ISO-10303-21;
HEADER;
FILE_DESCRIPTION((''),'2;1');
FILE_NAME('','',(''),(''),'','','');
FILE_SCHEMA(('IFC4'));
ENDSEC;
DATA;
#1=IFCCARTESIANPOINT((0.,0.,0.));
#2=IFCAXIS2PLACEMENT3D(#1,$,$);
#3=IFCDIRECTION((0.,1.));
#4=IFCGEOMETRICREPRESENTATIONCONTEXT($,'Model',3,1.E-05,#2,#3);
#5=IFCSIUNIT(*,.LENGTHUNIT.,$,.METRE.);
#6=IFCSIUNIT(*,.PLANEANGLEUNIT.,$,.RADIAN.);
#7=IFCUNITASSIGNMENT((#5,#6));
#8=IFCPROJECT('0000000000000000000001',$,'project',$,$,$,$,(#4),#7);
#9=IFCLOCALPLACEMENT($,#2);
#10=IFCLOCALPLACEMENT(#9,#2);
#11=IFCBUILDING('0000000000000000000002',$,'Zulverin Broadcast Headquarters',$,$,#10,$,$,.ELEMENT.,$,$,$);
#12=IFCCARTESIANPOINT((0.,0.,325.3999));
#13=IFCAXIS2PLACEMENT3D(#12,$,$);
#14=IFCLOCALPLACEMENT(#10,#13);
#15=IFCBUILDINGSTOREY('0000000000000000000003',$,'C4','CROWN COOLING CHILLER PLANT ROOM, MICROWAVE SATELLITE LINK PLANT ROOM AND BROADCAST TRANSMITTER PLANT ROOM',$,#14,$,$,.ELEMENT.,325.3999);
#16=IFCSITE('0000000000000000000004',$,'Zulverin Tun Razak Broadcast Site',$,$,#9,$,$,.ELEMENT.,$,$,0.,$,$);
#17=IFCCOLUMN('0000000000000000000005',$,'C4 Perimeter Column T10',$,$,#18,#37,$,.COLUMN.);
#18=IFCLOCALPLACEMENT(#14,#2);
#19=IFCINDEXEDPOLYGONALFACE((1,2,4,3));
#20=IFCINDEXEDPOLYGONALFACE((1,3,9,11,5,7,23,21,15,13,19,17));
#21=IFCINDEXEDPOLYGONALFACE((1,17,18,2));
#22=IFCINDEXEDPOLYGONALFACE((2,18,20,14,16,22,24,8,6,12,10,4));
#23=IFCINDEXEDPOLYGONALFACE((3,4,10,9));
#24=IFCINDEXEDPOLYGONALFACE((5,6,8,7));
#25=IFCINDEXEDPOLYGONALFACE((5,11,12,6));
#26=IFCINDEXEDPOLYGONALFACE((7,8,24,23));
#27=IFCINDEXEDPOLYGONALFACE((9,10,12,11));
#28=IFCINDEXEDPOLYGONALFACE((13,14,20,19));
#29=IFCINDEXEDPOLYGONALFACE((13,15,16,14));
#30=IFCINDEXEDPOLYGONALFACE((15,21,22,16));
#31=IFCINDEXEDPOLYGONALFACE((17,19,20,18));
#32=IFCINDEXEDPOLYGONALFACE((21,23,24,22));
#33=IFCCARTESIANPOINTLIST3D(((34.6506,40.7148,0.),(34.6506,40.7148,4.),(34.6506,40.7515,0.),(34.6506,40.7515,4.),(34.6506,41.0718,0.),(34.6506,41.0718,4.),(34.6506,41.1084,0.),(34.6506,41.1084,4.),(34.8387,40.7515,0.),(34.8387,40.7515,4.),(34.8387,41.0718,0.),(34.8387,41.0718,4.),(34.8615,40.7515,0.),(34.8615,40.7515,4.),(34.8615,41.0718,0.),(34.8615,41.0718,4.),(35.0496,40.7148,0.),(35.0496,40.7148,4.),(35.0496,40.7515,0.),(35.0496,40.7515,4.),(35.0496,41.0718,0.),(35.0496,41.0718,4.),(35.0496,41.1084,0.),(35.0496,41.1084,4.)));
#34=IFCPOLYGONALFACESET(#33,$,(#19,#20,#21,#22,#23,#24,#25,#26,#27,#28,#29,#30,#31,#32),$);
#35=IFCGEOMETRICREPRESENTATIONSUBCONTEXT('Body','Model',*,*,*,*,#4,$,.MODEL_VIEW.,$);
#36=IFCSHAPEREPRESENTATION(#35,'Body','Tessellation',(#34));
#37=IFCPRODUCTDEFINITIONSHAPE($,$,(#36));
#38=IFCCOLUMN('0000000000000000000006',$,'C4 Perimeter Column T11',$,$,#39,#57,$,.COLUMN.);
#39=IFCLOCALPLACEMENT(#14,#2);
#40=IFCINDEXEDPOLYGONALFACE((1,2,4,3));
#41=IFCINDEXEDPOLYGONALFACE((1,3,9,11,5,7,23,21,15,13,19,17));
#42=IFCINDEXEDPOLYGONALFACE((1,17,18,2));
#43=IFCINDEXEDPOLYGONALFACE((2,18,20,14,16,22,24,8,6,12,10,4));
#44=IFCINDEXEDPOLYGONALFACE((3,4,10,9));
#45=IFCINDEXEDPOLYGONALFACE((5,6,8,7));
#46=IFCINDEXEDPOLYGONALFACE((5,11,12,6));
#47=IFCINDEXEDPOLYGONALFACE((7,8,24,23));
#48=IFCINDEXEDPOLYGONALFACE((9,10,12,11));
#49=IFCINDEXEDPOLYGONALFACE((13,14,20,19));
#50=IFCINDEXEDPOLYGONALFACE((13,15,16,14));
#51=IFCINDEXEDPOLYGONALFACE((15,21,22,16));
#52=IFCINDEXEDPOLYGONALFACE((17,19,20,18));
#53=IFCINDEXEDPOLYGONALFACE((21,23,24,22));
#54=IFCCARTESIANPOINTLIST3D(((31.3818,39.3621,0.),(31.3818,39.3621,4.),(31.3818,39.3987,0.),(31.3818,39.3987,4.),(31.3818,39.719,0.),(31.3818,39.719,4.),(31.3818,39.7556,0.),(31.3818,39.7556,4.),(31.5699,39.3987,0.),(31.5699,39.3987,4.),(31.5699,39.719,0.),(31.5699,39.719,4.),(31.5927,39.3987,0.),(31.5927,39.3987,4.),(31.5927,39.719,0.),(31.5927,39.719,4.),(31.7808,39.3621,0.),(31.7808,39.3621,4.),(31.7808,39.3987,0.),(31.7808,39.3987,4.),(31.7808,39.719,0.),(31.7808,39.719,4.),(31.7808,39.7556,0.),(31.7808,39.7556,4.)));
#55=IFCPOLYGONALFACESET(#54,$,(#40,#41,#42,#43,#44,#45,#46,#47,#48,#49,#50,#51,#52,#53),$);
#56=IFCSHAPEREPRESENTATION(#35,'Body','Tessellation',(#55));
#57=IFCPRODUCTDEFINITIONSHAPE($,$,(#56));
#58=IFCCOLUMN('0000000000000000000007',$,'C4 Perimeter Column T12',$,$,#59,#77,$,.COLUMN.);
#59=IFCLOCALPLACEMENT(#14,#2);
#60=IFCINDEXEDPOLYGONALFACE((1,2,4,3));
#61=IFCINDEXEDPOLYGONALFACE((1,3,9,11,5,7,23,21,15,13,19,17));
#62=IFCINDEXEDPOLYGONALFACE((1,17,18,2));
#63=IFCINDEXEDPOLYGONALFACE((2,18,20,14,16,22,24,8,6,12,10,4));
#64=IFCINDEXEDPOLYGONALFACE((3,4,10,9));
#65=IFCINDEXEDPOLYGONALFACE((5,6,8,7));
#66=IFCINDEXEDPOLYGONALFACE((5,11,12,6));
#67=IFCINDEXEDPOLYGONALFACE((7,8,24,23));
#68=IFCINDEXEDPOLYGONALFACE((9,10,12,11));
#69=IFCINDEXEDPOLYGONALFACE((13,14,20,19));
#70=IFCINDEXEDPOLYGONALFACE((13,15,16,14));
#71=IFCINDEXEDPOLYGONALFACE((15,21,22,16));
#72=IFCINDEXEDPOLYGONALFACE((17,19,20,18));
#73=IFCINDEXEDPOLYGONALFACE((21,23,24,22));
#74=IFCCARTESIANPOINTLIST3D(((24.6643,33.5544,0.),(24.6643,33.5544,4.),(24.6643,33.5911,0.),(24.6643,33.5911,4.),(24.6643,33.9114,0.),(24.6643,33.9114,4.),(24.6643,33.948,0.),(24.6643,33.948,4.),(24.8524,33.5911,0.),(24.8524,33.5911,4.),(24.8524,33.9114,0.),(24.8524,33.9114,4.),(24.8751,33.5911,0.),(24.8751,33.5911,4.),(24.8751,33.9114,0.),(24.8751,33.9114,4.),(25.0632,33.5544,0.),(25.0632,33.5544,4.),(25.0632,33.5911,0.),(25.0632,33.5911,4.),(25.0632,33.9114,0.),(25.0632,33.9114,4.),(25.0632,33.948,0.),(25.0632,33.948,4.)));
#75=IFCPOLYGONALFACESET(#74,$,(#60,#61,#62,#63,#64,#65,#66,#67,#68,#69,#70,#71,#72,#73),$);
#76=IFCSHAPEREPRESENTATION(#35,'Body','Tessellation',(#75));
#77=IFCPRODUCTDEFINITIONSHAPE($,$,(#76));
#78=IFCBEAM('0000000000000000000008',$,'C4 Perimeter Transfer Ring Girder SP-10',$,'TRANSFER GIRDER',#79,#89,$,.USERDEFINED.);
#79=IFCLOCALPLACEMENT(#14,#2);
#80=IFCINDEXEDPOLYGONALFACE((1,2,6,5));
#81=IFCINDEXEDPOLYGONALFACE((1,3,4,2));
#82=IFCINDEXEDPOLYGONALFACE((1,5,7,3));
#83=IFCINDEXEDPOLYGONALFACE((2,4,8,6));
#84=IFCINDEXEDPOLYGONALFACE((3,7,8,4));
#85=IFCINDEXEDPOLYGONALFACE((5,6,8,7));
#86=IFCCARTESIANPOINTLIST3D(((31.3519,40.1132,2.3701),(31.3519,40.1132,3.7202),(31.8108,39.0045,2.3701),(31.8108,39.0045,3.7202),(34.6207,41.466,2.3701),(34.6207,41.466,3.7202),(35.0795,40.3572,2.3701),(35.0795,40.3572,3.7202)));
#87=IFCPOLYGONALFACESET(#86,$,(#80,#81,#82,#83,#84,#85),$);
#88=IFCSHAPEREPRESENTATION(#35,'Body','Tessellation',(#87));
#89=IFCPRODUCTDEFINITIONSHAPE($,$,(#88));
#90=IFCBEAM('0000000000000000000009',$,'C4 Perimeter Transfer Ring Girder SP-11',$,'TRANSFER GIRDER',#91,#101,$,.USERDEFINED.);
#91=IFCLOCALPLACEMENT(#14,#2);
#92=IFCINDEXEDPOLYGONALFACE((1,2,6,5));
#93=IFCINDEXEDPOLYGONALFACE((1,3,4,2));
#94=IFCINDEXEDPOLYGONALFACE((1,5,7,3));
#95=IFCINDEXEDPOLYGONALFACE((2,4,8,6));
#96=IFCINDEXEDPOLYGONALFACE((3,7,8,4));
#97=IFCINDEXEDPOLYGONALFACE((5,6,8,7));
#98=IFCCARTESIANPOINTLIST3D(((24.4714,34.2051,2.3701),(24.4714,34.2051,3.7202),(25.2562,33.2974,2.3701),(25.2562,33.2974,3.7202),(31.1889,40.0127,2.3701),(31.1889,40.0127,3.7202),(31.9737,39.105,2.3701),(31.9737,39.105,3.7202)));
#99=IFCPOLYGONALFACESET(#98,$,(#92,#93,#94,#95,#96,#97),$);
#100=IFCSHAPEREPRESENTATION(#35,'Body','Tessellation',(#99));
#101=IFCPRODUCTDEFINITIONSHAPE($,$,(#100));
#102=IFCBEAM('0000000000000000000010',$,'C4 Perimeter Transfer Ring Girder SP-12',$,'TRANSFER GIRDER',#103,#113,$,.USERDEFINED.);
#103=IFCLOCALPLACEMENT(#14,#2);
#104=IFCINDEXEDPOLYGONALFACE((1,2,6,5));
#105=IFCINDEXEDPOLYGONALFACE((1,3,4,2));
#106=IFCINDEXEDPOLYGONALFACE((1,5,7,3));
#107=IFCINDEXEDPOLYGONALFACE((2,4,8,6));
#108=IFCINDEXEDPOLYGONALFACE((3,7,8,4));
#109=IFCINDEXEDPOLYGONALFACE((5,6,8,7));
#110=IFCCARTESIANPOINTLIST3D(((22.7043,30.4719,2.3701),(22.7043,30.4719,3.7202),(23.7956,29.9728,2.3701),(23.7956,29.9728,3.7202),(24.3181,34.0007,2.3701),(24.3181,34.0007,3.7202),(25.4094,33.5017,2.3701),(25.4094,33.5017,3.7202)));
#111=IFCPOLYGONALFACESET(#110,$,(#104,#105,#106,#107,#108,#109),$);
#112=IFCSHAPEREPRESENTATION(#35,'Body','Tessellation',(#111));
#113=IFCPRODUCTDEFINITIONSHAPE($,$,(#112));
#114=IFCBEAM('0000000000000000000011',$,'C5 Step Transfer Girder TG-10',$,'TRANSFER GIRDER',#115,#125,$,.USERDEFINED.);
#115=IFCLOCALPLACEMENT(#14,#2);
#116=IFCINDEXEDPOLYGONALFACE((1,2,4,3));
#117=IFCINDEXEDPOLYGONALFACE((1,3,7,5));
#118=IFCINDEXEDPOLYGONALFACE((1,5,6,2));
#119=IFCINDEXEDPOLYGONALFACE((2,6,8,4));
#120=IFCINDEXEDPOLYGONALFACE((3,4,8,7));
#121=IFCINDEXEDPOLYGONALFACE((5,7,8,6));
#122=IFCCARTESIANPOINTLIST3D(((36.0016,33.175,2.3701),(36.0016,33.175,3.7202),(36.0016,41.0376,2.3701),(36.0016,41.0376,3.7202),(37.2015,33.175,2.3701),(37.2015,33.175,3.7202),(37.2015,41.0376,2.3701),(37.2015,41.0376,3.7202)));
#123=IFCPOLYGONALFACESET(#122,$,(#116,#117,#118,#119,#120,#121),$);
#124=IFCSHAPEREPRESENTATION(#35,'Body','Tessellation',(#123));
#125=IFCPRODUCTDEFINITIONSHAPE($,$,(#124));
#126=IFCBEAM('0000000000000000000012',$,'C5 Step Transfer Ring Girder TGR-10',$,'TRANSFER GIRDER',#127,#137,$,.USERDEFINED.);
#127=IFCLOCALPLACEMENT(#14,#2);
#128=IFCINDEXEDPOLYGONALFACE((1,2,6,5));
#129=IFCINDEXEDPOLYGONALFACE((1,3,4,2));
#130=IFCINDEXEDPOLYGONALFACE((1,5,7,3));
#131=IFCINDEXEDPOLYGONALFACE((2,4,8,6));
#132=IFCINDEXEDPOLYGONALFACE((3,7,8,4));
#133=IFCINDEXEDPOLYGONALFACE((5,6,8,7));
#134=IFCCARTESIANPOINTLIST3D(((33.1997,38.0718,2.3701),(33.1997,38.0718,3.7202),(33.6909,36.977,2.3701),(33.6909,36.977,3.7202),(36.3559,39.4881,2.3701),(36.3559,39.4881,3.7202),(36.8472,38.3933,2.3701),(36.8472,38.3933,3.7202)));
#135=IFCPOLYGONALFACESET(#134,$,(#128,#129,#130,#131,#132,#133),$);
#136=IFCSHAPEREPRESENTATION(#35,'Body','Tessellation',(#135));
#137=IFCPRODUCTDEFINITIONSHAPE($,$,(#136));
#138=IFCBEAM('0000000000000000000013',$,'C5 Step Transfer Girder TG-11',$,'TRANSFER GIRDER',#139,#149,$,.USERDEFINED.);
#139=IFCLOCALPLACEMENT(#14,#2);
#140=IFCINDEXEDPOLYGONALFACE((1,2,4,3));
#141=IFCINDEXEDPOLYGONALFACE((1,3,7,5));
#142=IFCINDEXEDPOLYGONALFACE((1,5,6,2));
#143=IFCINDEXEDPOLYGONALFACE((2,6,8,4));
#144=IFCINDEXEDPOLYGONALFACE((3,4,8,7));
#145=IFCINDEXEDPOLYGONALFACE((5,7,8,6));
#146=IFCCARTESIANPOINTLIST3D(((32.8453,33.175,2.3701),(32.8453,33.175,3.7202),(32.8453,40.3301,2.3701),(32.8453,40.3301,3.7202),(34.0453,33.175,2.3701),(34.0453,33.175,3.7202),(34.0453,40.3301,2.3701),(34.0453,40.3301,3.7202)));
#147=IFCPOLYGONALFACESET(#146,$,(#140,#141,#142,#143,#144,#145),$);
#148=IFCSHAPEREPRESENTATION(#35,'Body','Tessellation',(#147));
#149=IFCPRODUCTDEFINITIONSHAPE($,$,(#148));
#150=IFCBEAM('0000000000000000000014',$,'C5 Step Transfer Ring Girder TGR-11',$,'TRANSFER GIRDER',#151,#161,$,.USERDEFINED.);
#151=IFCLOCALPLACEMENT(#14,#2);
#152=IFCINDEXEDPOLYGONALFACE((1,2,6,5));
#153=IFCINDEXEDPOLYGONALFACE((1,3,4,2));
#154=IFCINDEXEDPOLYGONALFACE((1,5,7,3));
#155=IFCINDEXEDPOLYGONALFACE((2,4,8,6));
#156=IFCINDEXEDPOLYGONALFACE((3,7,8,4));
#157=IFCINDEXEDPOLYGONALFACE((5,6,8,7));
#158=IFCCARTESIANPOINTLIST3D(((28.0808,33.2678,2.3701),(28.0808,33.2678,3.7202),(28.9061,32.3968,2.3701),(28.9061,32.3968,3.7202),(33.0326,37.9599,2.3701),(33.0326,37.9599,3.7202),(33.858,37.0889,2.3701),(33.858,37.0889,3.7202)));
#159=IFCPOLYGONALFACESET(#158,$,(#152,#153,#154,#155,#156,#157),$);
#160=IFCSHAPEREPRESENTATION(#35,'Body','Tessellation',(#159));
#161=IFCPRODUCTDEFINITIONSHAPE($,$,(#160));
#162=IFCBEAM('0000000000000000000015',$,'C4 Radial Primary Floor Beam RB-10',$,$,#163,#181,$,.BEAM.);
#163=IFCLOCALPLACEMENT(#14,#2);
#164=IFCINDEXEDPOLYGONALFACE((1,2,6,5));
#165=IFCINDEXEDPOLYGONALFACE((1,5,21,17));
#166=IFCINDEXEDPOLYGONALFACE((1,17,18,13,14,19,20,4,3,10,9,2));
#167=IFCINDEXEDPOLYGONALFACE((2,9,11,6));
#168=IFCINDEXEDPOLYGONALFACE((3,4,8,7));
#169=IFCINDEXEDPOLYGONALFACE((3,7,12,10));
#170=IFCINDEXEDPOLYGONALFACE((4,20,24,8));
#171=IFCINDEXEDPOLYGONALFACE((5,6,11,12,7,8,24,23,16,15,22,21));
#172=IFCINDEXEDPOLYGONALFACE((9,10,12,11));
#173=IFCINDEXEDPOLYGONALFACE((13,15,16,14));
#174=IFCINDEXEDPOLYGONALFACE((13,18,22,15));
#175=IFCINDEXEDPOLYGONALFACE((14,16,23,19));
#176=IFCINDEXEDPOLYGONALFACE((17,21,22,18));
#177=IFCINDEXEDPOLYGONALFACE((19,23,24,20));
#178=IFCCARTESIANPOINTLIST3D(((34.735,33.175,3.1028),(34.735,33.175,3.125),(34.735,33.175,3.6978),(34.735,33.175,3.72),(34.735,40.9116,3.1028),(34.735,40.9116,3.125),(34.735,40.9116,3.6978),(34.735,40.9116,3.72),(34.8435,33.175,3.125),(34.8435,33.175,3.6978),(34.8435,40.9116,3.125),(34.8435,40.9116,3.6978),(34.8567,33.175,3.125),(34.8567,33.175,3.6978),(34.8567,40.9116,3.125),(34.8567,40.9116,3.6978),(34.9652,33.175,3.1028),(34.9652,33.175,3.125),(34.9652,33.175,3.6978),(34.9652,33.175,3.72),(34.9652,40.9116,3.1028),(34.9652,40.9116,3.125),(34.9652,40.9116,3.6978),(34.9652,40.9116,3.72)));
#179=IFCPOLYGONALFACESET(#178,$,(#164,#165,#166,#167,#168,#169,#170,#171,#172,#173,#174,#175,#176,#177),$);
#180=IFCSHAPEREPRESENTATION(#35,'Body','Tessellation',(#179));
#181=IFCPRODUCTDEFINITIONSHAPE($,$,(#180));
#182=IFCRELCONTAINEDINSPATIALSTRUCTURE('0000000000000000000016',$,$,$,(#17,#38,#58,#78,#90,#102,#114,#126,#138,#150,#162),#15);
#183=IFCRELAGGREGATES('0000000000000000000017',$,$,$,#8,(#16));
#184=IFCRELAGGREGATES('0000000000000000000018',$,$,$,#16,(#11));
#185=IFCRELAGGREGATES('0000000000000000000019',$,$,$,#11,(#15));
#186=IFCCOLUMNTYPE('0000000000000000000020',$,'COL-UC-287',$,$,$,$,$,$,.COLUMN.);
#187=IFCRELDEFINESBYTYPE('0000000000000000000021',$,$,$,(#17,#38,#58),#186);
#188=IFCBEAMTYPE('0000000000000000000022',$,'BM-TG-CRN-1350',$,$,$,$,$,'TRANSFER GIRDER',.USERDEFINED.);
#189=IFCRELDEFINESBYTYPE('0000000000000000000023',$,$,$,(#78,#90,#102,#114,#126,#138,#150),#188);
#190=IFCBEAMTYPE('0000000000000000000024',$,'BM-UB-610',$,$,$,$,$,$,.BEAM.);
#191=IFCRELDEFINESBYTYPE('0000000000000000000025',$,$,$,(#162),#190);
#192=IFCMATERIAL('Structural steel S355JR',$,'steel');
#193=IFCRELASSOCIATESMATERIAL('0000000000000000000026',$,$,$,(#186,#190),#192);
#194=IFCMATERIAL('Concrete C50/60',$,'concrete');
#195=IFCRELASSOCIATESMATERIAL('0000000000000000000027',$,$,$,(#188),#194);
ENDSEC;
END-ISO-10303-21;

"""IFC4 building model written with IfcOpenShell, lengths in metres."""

from ifc_helpers import new_model, si_unit, direction, frame, origin, origin_2d, place, context, subcontext, project, spatial, rectangle, i_section, extrude, material, material_profile, profile_set, type_object, element, save


model = new_model("IFC4")

# Units and contexts
model_context = context("Model", 3, precision=1e-05, world=origin(), true_north=direction((0.0, 1.0)))
body_context = subcontext(model_context, "Body", "Model", "MODEL_VIEW")
ifc_project = project(units=[si_unit("LENGTHUNIT", "METRE"), si_unit("PLANEANGLEUNIT", "RADIAN")], contexts=[model_context])

# Site, building, storey
site_placement = place(None, origin())
site = spatial("IfcSite", under=ifc_project, at=site_placement, Name="Zulverin Tun Razak Broadcast Site", CompositionType="ELEMENT", RefElevation=0.0)
building_placement = place(site_placement, origin())
building = spatial("IfcBuilding", under=site, at=building_placement, Name="Zulverin Broadcast Headquarters", CompositionType="ELEMENT")
storey_placement = place(building_placement, frame((0.0, 0.0, 325.3999)))
storey = spatial("IfcBuildingStorey", under=building, at=storey_placement, Name="C4", Description="CROWN COOLING CHILLER PLANT ROOM, MICROWAVE SATELLITE LINK PLANT ROOM AND BROADCAST TRANSMITTER PLANT ROOM", CompositionType="ELEMENT", Elevation=325.3999)

# Columns
ifc_material_1 = material(Name="Structural steel S355JR", Category="steel")
ifc_material_profile_1 = material_profile(ifc_material_1, i_section(OverallWidth=0.3989, OverallDepth=0.3936, WebThickness=0.0227, FlangeThickness=0.0366, at=origin_2d()), Name="Structural steel S355JR", Category="steel")
ifc_profile_set_1 = profile_set([ifc_material_profile_1], Name="Structural steel S355JR")
column_type = type_object("IfcColumnType", Name="COL-UC-287", PredefinedType="COLUMN", material=ifc_profile_set_1)
for number, where, z_axis, x_axis, name in (
    (1, (34.8501, 40.9116, 0.0), (0.0, 0.0, 1.0), (1.0, 0.0, 0.0), "C4 Perimeter Column T10"),
    (2, (31.5813, 39.5588, 0.0), (0.0, 0.0, 1.0), (1.0, 0.0, 0.0), "C4 Perimeter Column T11"),
    (3, (24.8638, 33.7512, 0.0), (0.0, 0.0, 1.0), (1.0, 0.0, 0.0), "C4 Perimeter Column T12"),
):
    element("IfcColumn", number, at=place(storey_placement, frame(where, z_axis=z_axis, x_axis=x_axis)), inside=storey, type_object=column_type, Name=name, PredefinedType="COLUMN", context=body_context, shape_type="SweptSolid", body=[
        extrude(i_section(OverallWidth=0.3989, OverallDepth=0.3936, WebThickness=0.0227, FlangeThickness=0.0366, at=origin_2d()), origin(), (0.0, 0.0, 1.0), 4.0),
    ])

# Beams
ifc_material_2 = material(Name="Concrete C50/60", Category="concrete")
ifc_material_profile_2 = material_profile(ifc_material_2, rectangle(XDim=1.2, YDim=1.3501, at=origin_2d()), Name="Concrete C50/60", Category="concrete")
ifc_profile_set_2 = profile_set([ifc_material_profile_2], Name="Concrete C50/60")
beam_type_1 = type_object("IfcBeamType", Name="BM-TG-CRN-1350", ElementType="TRANSFER GIRDER", PredefinedType="USERDEFINED", material=ifc_profile_set_2)
beam_1_placement = place(storey_placement, frame((34.8501, 40.9116, 3.0452), z_axis=(-0.923999, -0.382394, 0.0), x_axis=(0.382394, -0.923999, 0.0)))
element("IfcBeam", 4, at=beam_1_placement, inside=storey, type_object=beam_type_1, Name="C4 Perimeter Transfer Ring Girder SP-10", ObjectType="TRANSFER GIRDER", PredefinedType="USERDEFINED", context=body_context, shape_type="SweptSolid", body=[
    extrude(rectangle(XDim=1.2, YDim=1.3501, at=origin_2d()), origin(), (0.0, 0.0, 1.0), 3.5376),
])
beam_2_placement = place(storey_placement, frame((31.5813, 39.5588, 3.0452), z_axis=(-0.756482, -0.654014, 0.0), x_axis=(0.654014, -0.756482, 0.0)))
element("IfcBeam", 5, at=beam_2_placement, inside=storey, type_object=beam_type_1, Name="C4 Perimeter Transfer Ring Girder SP-11", ObjectType="TRANSFER GIRDER", PredefinedType="USERDEFINED", context=body_context, shape_type="SweptSolid", body=[
    extrude(rectangle(XDim=1.2, YDim=1.3501, at=origin_2d()), origin(), (0.0, 0.0, 1.0), 8.8799),
])
beam_3_placement = place(storey_placement, frame((24.8638, 33.7512, 3.0452), z_axis=(-0.415888, -0.909416, 0.0), x_axis=(0.909416, -0.415888, 0.0)))
element("IfcBeam", 6, at=beam_3_placement, inside=storey, type_object=beam_type_1, Name="C4 Perimeter Transfer Ring Girder SP-12", ObjectType="TRANSFER GIRDER", PredefinedType="USERDEFINED", context=body_context, shape_type="SweptSolid", body=[
    extrude(rectangle(XDim=1.2, YDim=1.3501, at=origin_2d()), origin(), (0.0, 0.0, 1.0), 3.8804),
])
beam_4_placement = place(storey_placement, frame((36.6016, 33.175, 3.0452), z_axis=(0.0, 1.0, 0.0), x_axis=(-1.0, 0.0, 0.0)))
element("IfcBeam", 7, at=beam_4_placement, inside=storey, type_object=beam_type_1, Name="C5 Step Transfer Girder TG-10", ObjectType="TRANSFER GIRDER", PredefinedType="USERDEFINED", context=body_context, shape_type="SweptSolid", body=[
    extrude(rectangle(XDim=1.2, YDim=1.3501, at=origin_2d()), origin(), (0.0, 0.0, 1.0), 7.8625),
])
beam_5_placement = place(storey_placement, frame((36.6016, 38.9407, 3.0452), z_axis=(-0.912359, -0.40939, 0.0), x_axis=(0.40939, -0.912359, 0.0)))
element("IfcBeam", 8, at=beam_5_placement, inside=storey, type_object=beam_type_1, Name="C5 Step Transfer Ring Girder TGR-10", ObjectType="TRANSFER GIRDER", PredefinedType="USERDEFINED", context=body_context, shape_type="SweptSolid", body=[
    extrude(rectangle(XDim=1.2, YDim=1.3501, at=origin_2d()), origin(), (0.0, 0.0, 1.0), 3.4595),
])
beam_6_placement = place(storey_placement, frame((33.4453, 33.175, 3.0452), z_axis=(0.0, 1.0, 0.0), x_axis=(-1.0, 0.0, 0.0)))
element("IfcBeam", 9, at=beam_6_placement, inside=storey, type_object=beam_type_1, Name="C5 Step Transfer Girder TG-11", ObjectType="TRANSFER GIRDER", PredefinedType="USERDEFINED", context=body_context, shape_type="SweptSolid", body=[
    extrude(rectangle(XDim=1.2, YDim=1.3501, at=origin_2d()), origin(), (0.0, 0.0, 1.0), 7.155),
])
beam_7_placement = place(storey_placement, frame((33.4453, 37.5244, 3.0452), z_axis=(-0.72589, -0.687811, 0.0), x_axis=(0.687811, -0.72589, 0.0)))
element("IfcBeam", 10, at=beam_7_placement, inside=storey, type_object=beam_type_1, Name="C5 Step Transfer Ring Girder TGR-11", ObjectType="TRANSFER GIRDER", PredefinedType="USERDEFINED", context=body_context, shape_type="SweptSolid", body=[
    extrude(rectangle(XDim=1.2, YDim=1.3501, at=origin_2d()), origin(), (0.0, 0.0, 1.0), 6.8218),
])
ifc_material_profile_3 = material_profile(ifc_material_1, i_section(OverallWidth=0.2302, OverallDepth=0.6172, WebThickness=0.0132, FlangeThickness=0.0222, at=origin_2d()), Name="Structural steel S355JR", Category="steel")
ifc_profile_set_3 = profile_set([ifc_material_profile_3], Name="Structural steel S355JR")
beam_type_2 = type_object("IfcBeamType", Name="BM-UB-610", PredefinedType="BEAM", material=ifc_profile_set_3)
beam_8_placement = place(storey_placement, frame((34.8501, 33.175, 3.4114), z_axis=(0.0, 1.0, 0.0), x_axis=(-1.0, 0.0, 0.0)))
element("IfcBeam", 11, at=beam_8_placement, inside=storey, type_object=beam_type_2, Name="C4 Radial Primary Floor Beam RB-10", PredefinedType="BEAM", context=body_context, shape_type="SweptSolid", body=[
    extrude(i_section(OverallWidth=0.2302, OverallDepth=0.6172, WebThickness=0.0132, FlangeThickness=0.0222, at=origin_2d()), origin(), (0.0, 0.0, 1.0), 7.7366),
])

save(model, "model.ifc")
